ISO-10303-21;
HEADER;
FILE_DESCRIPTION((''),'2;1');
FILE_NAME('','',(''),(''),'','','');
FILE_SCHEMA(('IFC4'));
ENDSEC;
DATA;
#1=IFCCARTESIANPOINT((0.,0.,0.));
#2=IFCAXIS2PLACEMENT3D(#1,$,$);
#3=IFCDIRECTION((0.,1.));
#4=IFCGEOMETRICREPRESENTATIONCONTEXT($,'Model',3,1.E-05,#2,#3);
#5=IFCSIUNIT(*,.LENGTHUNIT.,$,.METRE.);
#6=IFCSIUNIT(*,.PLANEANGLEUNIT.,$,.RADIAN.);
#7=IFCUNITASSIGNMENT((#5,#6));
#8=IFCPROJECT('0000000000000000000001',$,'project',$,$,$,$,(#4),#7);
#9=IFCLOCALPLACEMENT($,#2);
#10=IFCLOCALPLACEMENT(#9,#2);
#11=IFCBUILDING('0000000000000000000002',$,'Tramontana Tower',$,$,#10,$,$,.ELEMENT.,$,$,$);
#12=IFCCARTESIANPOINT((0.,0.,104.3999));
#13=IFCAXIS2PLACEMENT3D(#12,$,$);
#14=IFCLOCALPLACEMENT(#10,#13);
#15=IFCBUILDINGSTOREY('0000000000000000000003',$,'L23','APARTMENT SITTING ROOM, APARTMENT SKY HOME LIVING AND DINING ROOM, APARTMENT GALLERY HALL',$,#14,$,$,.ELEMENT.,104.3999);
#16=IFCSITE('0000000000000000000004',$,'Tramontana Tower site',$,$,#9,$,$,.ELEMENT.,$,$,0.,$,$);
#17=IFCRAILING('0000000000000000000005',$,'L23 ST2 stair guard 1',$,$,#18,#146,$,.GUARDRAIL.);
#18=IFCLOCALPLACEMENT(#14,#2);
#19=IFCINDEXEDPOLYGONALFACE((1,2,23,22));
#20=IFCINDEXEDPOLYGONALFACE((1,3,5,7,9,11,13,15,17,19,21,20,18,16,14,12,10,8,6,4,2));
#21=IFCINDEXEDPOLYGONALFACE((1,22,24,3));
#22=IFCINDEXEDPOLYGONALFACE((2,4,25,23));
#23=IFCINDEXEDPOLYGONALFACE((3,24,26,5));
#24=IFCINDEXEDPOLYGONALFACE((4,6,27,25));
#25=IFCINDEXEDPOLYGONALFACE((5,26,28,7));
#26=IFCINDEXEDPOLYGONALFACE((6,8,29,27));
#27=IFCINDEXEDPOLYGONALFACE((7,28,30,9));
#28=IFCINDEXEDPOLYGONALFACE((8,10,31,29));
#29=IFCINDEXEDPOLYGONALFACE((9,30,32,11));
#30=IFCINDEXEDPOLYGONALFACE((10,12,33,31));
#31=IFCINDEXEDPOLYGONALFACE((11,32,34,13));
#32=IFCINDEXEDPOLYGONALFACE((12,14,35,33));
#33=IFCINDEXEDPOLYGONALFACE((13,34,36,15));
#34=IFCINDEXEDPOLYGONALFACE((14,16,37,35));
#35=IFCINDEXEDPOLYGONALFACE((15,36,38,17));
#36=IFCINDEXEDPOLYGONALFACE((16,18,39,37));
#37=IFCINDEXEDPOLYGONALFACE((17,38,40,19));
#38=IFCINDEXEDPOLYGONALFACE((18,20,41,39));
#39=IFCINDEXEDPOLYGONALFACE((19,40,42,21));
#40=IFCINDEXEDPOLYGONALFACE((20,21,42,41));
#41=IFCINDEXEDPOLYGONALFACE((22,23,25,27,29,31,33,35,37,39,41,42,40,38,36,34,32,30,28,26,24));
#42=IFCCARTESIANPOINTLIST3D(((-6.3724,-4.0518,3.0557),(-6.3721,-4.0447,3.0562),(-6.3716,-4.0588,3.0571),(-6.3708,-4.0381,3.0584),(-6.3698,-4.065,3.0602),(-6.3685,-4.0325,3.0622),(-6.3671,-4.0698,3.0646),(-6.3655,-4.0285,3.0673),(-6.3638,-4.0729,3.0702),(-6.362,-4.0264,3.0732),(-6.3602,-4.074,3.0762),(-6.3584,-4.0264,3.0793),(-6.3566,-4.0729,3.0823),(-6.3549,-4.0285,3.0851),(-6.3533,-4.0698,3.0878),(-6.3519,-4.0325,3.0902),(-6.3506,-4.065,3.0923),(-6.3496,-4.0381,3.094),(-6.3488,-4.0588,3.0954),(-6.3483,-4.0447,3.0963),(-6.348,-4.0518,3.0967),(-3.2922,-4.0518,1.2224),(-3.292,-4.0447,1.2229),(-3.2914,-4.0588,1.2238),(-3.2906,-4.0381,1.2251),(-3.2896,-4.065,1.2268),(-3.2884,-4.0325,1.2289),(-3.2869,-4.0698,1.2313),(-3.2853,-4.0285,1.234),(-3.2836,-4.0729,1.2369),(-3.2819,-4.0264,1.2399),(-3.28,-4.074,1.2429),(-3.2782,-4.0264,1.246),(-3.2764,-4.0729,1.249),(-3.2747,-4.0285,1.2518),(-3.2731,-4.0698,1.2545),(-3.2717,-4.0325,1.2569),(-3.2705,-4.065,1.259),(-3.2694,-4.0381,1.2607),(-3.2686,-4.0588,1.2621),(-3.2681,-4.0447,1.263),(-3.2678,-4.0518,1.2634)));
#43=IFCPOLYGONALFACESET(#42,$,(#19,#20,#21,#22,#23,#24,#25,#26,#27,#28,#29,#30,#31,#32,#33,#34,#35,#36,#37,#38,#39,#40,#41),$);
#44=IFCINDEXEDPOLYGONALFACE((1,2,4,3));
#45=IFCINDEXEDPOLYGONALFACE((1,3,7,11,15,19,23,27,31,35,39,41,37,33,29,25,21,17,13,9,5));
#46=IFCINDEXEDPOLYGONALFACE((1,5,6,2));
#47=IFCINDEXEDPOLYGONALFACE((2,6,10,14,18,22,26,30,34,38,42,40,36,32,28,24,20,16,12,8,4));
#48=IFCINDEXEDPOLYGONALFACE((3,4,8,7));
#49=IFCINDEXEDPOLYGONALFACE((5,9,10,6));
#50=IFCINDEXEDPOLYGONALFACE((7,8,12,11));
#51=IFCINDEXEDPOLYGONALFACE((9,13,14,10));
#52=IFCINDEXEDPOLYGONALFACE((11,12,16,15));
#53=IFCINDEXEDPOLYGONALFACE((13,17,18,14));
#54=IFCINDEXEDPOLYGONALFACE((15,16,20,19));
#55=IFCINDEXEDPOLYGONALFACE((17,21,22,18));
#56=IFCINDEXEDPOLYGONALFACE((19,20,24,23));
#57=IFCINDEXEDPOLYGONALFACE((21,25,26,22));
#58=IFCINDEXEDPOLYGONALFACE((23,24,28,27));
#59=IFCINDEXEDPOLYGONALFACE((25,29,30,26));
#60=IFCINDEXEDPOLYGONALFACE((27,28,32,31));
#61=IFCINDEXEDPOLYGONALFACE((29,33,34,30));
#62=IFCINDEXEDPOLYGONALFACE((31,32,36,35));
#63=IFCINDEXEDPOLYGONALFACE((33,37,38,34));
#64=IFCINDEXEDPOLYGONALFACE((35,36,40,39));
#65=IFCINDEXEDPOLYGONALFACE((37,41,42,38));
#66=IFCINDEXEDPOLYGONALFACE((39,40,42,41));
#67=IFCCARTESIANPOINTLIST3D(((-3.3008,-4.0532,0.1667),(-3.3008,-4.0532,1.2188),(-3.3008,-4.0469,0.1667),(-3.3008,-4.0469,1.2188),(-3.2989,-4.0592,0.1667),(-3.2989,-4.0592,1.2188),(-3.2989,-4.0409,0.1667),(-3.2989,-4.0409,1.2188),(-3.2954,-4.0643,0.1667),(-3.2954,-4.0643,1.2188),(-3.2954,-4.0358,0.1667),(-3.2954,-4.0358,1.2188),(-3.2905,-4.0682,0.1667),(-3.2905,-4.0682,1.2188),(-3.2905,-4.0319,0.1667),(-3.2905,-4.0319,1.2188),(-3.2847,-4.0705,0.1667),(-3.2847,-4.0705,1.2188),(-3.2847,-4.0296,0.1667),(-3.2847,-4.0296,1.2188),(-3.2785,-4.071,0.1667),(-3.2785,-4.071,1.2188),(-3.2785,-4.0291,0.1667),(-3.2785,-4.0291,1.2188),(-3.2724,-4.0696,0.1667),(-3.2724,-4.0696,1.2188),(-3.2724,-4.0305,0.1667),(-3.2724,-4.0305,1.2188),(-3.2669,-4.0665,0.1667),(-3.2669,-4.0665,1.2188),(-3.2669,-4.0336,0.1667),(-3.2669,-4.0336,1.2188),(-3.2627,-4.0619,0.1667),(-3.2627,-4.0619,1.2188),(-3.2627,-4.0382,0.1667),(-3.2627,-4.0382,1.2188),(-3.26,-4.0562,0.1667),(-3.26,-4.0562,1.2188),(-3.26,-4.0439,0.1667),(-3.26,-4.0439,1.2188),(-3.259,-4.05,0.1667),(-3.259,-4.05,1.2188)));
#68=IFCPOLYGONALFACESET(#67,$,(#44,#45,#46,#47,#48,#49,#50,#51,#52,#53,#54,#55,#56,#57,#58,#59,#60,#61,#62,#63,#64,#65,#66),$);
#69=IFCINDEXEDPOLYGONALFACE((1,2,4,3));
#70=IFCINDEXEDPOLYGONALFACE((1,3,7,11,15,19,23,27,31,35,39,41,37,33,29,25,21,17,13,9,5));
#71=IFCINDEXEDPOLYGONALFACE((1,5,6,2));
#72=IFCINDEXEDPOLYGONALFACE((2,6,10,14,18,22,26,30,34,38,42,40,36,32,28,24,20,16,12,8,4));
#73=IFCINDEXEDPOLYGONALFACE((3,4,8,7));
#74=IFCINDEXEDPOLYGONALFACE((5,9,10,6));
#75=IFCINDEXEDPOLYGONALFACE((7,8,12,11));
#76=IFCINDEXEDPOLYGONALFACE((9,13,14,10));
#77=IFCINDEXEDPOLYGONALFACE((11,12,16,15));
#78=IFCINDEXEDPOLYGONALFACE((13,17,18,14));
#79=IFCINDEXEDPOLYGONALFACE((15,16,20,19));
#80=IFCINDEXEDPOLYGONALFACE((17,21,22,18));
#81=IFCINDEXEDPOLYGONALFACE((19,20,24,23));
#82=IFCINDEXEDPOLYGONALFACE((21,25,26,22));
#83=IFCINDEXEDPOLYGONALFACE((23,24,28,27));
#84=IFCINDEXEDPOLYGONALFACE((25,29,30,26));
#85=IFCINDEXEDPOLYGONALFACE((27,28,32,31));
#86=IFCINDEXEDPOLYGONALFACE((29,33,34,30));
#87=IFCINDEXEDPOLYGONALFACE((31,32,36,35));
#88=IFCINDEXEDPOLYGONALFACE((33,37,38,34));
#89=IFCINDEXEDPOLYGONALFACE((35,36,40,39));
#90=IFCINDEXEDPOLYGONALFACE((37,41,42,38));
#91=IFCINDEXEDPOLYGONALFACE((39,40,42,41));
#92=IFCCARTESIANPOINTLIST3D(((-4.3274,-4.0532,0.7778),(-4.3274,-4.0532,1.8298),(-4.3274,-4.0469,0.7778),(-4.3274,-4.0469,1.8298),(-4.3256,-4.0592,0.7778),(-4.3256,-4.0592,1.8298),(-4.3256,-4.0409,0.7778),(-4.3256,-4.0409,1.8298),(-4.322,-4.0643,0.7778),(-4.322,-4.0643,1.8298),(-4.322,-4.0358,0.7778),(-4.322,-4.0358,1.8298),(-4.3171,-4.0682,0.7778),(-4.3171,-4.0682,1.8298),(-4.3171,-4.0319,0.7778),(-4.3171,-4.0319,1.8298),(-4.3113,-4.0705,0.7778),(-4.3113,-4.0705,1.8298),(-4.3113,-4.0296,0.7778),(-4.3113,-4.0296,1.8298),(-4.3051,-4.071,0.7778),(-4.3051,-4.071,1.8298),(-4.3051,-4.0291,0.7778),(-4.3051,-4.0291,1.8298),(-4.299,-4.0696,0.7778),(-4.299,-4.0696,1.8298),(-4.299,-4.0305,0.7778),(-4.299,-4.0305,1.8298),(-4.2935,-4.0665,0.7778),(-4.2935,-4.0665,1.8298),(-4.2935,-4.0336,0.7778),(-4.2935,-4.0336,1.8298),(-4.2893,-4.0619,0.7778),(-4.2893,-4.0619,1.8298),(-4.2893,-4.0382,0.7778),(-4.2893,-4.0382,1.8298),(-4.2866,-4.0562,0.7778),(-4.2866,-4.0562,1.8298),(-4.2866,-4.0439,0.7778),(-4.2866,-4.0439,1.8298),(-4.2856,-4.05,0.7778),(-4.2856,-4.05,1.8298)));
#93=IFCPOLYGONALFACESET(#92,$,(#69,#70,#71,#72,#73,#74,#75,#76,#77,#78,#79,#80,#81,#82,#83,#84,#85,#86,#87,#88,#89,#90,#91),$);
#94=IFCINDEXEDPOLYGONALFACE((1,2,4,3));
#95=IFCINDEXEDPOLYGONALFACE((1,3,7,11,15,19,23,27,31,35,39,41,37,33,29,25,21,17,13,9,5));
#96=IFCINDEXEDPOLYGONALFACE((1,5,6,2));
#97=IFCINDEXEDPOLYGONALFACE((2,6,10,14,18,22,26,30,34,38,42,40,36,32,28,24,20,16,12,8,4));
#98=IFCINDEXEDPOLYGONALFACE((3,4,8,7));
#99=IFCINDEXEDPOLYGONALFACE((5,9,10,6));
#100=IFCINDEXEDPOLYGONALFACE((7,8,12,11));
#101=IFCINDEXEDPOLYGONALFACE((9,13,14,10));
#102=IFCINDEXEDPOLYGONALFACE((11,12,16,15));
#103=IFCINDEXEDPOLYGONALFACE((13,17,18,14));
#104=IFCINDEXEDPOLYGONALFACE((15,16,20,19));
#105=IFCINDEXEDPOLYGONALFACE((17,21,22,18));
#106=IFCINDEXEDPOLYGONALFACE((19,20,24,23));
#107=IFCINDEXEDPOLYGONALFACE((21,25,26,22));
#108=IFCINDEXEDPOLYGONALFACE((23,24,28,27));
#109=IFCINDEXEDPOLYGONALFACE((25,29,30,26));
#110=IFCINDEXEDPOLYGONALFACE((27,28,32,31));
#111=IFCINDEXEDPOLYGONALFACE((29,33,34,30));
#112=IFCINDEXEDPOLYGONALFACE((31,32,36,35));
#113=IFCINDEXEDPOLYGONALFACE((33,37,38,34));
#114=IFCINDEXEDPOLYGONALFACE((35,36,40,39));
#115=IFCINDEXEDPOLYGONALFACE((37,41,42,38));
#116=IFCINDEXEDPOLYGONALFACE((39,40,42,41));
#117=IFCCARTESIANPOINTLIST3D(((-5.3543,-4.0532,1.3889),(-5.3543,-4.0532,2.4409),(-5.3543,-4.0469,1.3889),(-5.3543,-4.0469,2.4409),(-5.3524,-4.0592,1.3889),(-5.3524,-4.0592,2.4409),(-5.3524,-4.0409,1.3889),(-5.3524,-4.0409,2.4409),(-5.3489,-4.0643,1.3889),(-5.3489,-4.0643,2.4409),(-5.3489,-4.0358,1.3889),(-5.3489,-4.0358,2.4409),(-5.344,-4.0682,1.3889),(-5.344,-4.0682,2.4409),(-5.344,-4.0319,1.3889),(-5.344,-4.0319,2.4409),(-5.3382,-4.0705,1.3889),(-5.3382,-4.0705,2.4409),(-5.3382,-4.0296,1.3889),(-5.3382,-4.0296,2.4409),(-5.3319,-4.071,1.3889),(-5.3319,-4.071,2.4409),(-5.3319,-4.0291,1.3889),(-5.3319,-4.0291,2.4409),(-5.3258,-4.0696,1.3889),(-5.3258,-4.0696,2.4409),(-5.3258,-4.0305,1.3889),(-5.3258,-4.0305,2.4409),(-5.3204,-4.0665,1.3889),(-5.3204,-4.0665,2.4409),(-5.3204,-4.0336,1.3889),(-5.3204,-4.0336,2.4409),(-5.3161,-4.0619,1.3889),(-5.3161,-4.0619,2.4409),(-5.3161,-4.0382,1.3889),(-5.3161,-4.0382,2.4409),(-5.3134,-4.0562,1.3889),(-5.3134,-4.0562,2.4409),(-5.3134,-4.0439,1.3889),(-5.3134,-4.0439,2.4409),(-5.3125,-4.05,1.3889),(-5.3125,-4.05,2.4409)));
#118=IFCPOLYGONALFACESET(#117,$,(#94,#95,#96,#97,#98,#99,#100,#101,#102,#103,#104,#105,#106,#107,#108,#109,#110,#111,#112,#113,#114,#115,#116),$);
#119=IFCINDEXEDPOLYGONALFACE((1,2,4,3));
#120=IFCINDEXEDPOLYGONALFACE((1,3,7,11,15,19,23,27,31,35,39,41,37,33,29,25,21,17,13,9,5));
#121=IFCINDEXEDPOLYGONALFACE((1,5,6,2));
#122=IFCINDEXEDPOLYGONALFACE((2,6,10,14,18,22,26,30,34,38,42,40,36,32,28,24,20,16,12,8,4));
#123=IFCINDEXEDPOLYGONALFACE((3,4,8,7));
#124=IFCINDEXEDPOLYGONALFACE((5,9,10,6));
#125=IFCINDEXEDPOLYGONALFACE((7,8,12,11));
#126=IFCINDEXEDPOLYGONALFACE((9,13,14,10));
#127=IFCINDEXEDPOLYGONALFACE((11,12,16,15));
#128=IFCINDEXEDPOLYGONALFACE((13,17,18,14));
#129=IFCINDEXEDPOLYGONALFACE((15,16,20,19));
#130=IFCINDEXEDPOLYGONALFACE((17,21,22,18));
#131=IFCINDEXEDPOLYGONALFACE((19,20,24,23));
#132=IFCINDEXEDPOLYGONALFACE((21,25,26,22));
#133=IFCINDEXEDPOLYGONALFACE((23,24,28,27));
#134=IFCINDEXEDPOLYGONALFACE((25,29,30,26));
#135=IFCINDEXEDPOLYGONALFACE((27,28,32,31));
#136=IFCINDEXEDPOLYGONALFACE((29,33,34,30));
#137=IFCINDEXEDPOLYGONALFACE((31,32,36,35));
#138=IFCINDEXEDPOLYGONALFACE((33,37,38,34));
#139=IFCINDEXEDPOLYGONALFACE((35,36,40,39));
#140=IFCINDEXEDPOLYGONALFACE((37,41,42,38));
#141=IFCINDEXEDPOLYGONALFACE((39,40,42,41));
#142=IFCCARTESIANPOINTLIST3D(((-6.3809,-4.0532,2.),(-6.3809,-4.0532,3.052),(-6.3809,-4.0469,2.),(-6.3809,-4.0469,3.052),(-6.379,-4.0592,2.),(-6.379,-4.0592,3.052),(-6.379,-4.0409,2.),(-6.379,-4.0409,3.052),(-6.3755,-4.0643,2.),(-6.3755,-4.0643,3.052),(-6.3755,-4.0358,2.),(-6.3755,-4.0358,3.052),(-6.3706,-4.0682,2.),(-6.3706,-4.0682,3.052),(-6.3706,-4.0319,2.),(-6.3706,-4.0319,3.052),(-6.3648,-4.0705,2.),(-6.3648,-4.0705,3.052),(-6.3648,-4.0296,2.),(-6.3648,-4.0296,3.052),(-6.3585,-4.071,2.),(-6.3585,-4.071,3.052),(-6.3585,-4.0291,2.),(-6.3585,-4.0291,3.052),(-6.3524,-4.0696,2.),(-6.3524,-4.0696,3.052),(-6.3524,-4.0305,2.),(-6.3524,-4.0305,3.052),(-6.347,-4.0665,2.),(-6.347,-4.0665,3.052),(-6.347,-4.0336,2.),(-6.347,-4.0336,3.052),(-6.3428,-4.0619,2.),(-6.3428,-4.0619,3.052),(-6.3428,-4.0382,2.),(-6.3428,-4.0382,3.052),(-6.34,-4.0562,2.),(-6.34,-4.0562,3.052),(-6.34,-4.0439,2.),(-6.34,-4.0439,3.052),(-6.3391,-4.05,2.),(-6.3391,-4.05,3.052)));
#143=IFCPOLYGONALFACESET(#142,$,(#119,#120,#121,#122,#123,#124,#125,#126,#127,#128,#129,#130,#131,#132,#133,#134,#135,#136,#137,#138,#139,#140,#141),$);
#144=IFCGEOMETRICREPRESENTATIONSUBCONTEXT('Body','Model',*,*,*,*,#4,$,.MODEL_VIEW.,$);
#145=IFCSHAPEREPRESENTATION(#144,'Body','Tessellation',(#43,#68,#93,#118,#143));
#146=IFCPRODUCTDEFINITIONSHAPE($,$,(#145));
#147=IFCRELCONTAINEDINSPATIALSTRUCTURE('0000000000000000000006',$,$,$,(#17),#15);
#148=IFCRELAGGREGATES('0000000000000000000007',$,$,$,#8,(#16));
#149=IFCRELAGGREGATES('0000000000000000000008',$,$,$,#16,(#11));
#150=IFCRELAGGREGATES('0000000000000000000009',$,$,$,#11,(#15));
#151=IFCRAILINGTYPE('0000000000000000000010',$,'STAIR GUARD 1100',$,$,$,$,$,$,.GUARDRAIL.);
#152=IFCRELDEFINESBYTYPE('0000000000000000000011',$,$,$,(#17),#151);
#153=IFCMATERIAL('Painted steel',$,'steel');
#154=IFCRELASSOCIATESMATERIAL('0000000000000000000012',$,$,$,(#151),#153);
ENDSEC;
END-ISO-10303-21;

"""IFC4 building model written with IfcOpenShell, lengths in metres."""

from ifc_helpers import new_model, si_unit, direction, frame, origin, origin_2d, place, context, subcontext, project, spatial, circle, extrude, material, type_object, element, save


model = new_model("IFC4")

# Units and contexts
model_context = context("Model", 3, precision=1e-05, world=origin(), true_north=direction((0.0, 1.0)))
body_context = subcontext(model_context, "Body", "Model", "MODEL_VIEW")
ifc_project = project(units=[si_unit("LENGTHUNIT", "METRE"), si_unit("PLANEANGLEUNIT", "RADIAN")], contexts=[model_context])

# Site, building, storey
site_placement = place(None, origin())
site = spatial("IfcSite", under=ifc_project, at=site_placement, Name="Tramontana Tower site", CompositionType="ELEMENT", RefElevation=0.0)
building_placement = place(site_placement, origin())
building = spatial("IfcBuilding", under=site, at=building_placement, Name="Tramontana Tower", CompositionType="ELEMENT")
storey_placement = place(building_placement, frame((0.0, 0.0, 104.3999)))
storey = spatial("IfcBuildingStorey", under=building, at=storey_placement, Name="L23", Description="APARTMENT SITTING ROOM, APARTMENT SKY HOME LIVING AND DINING ROOM, APARTMENT GALLERY HALL", CompositionType="ELEMENT", Elevation=104.3999)

# Railing
ifc_material_1 = material(Name="Painted steel", Category="steel")
railing_type_1 = type_object("IfcRailingType", Name="STAIR GUARD 1100", PredefinedType="GUARDRAIL", material=ifc_material_1)
railing_1_placement = place(storey_placement, frame((-3.28, -4.05, 0.1667)))
element("IfcRailing", 1, at=railing_1_placement, inside=storey, type_object=railing_type_1, Name="L23 ST2 stair guard 1", PredefinedType="GUARDRAIL", context=body_context, shape_type="SweptSolid", body=[
    extrude(circle(Radius=0.0239, at=origin_2d()), frame((0.0, 0.0, 1.0762), z_axis=(-0.859309, 0.0, 0.511458), x_axis=(0.0, -1.0, 0.0)), (0.0, 0.0, 1.0), 3.5845),
    extrude(circle(Radius=0.021, at=origin_2d()), origin(), (0.0, 0.0, 1.0), 1.052),
    extrude(circle(Radius=0.021, at=origin_2d()), frame((-1.0266, 0.0, 0.6111)), (0.0, 0.0, 1.0), 1.052),
    extrude(circle(Radius=0.021, at=origin_2d()), frame((-2.0535, 0.0, 1.2222)), (0.0, 0.0, 1.0), 1.052),
    extrude(circle(Radius=0.021, at=origin_2d()), frame((-3.0801, 0.0, 1.8333)), (0.0, 0.0, 1.0), 1.052),
])

save(model, "model.ifc")
